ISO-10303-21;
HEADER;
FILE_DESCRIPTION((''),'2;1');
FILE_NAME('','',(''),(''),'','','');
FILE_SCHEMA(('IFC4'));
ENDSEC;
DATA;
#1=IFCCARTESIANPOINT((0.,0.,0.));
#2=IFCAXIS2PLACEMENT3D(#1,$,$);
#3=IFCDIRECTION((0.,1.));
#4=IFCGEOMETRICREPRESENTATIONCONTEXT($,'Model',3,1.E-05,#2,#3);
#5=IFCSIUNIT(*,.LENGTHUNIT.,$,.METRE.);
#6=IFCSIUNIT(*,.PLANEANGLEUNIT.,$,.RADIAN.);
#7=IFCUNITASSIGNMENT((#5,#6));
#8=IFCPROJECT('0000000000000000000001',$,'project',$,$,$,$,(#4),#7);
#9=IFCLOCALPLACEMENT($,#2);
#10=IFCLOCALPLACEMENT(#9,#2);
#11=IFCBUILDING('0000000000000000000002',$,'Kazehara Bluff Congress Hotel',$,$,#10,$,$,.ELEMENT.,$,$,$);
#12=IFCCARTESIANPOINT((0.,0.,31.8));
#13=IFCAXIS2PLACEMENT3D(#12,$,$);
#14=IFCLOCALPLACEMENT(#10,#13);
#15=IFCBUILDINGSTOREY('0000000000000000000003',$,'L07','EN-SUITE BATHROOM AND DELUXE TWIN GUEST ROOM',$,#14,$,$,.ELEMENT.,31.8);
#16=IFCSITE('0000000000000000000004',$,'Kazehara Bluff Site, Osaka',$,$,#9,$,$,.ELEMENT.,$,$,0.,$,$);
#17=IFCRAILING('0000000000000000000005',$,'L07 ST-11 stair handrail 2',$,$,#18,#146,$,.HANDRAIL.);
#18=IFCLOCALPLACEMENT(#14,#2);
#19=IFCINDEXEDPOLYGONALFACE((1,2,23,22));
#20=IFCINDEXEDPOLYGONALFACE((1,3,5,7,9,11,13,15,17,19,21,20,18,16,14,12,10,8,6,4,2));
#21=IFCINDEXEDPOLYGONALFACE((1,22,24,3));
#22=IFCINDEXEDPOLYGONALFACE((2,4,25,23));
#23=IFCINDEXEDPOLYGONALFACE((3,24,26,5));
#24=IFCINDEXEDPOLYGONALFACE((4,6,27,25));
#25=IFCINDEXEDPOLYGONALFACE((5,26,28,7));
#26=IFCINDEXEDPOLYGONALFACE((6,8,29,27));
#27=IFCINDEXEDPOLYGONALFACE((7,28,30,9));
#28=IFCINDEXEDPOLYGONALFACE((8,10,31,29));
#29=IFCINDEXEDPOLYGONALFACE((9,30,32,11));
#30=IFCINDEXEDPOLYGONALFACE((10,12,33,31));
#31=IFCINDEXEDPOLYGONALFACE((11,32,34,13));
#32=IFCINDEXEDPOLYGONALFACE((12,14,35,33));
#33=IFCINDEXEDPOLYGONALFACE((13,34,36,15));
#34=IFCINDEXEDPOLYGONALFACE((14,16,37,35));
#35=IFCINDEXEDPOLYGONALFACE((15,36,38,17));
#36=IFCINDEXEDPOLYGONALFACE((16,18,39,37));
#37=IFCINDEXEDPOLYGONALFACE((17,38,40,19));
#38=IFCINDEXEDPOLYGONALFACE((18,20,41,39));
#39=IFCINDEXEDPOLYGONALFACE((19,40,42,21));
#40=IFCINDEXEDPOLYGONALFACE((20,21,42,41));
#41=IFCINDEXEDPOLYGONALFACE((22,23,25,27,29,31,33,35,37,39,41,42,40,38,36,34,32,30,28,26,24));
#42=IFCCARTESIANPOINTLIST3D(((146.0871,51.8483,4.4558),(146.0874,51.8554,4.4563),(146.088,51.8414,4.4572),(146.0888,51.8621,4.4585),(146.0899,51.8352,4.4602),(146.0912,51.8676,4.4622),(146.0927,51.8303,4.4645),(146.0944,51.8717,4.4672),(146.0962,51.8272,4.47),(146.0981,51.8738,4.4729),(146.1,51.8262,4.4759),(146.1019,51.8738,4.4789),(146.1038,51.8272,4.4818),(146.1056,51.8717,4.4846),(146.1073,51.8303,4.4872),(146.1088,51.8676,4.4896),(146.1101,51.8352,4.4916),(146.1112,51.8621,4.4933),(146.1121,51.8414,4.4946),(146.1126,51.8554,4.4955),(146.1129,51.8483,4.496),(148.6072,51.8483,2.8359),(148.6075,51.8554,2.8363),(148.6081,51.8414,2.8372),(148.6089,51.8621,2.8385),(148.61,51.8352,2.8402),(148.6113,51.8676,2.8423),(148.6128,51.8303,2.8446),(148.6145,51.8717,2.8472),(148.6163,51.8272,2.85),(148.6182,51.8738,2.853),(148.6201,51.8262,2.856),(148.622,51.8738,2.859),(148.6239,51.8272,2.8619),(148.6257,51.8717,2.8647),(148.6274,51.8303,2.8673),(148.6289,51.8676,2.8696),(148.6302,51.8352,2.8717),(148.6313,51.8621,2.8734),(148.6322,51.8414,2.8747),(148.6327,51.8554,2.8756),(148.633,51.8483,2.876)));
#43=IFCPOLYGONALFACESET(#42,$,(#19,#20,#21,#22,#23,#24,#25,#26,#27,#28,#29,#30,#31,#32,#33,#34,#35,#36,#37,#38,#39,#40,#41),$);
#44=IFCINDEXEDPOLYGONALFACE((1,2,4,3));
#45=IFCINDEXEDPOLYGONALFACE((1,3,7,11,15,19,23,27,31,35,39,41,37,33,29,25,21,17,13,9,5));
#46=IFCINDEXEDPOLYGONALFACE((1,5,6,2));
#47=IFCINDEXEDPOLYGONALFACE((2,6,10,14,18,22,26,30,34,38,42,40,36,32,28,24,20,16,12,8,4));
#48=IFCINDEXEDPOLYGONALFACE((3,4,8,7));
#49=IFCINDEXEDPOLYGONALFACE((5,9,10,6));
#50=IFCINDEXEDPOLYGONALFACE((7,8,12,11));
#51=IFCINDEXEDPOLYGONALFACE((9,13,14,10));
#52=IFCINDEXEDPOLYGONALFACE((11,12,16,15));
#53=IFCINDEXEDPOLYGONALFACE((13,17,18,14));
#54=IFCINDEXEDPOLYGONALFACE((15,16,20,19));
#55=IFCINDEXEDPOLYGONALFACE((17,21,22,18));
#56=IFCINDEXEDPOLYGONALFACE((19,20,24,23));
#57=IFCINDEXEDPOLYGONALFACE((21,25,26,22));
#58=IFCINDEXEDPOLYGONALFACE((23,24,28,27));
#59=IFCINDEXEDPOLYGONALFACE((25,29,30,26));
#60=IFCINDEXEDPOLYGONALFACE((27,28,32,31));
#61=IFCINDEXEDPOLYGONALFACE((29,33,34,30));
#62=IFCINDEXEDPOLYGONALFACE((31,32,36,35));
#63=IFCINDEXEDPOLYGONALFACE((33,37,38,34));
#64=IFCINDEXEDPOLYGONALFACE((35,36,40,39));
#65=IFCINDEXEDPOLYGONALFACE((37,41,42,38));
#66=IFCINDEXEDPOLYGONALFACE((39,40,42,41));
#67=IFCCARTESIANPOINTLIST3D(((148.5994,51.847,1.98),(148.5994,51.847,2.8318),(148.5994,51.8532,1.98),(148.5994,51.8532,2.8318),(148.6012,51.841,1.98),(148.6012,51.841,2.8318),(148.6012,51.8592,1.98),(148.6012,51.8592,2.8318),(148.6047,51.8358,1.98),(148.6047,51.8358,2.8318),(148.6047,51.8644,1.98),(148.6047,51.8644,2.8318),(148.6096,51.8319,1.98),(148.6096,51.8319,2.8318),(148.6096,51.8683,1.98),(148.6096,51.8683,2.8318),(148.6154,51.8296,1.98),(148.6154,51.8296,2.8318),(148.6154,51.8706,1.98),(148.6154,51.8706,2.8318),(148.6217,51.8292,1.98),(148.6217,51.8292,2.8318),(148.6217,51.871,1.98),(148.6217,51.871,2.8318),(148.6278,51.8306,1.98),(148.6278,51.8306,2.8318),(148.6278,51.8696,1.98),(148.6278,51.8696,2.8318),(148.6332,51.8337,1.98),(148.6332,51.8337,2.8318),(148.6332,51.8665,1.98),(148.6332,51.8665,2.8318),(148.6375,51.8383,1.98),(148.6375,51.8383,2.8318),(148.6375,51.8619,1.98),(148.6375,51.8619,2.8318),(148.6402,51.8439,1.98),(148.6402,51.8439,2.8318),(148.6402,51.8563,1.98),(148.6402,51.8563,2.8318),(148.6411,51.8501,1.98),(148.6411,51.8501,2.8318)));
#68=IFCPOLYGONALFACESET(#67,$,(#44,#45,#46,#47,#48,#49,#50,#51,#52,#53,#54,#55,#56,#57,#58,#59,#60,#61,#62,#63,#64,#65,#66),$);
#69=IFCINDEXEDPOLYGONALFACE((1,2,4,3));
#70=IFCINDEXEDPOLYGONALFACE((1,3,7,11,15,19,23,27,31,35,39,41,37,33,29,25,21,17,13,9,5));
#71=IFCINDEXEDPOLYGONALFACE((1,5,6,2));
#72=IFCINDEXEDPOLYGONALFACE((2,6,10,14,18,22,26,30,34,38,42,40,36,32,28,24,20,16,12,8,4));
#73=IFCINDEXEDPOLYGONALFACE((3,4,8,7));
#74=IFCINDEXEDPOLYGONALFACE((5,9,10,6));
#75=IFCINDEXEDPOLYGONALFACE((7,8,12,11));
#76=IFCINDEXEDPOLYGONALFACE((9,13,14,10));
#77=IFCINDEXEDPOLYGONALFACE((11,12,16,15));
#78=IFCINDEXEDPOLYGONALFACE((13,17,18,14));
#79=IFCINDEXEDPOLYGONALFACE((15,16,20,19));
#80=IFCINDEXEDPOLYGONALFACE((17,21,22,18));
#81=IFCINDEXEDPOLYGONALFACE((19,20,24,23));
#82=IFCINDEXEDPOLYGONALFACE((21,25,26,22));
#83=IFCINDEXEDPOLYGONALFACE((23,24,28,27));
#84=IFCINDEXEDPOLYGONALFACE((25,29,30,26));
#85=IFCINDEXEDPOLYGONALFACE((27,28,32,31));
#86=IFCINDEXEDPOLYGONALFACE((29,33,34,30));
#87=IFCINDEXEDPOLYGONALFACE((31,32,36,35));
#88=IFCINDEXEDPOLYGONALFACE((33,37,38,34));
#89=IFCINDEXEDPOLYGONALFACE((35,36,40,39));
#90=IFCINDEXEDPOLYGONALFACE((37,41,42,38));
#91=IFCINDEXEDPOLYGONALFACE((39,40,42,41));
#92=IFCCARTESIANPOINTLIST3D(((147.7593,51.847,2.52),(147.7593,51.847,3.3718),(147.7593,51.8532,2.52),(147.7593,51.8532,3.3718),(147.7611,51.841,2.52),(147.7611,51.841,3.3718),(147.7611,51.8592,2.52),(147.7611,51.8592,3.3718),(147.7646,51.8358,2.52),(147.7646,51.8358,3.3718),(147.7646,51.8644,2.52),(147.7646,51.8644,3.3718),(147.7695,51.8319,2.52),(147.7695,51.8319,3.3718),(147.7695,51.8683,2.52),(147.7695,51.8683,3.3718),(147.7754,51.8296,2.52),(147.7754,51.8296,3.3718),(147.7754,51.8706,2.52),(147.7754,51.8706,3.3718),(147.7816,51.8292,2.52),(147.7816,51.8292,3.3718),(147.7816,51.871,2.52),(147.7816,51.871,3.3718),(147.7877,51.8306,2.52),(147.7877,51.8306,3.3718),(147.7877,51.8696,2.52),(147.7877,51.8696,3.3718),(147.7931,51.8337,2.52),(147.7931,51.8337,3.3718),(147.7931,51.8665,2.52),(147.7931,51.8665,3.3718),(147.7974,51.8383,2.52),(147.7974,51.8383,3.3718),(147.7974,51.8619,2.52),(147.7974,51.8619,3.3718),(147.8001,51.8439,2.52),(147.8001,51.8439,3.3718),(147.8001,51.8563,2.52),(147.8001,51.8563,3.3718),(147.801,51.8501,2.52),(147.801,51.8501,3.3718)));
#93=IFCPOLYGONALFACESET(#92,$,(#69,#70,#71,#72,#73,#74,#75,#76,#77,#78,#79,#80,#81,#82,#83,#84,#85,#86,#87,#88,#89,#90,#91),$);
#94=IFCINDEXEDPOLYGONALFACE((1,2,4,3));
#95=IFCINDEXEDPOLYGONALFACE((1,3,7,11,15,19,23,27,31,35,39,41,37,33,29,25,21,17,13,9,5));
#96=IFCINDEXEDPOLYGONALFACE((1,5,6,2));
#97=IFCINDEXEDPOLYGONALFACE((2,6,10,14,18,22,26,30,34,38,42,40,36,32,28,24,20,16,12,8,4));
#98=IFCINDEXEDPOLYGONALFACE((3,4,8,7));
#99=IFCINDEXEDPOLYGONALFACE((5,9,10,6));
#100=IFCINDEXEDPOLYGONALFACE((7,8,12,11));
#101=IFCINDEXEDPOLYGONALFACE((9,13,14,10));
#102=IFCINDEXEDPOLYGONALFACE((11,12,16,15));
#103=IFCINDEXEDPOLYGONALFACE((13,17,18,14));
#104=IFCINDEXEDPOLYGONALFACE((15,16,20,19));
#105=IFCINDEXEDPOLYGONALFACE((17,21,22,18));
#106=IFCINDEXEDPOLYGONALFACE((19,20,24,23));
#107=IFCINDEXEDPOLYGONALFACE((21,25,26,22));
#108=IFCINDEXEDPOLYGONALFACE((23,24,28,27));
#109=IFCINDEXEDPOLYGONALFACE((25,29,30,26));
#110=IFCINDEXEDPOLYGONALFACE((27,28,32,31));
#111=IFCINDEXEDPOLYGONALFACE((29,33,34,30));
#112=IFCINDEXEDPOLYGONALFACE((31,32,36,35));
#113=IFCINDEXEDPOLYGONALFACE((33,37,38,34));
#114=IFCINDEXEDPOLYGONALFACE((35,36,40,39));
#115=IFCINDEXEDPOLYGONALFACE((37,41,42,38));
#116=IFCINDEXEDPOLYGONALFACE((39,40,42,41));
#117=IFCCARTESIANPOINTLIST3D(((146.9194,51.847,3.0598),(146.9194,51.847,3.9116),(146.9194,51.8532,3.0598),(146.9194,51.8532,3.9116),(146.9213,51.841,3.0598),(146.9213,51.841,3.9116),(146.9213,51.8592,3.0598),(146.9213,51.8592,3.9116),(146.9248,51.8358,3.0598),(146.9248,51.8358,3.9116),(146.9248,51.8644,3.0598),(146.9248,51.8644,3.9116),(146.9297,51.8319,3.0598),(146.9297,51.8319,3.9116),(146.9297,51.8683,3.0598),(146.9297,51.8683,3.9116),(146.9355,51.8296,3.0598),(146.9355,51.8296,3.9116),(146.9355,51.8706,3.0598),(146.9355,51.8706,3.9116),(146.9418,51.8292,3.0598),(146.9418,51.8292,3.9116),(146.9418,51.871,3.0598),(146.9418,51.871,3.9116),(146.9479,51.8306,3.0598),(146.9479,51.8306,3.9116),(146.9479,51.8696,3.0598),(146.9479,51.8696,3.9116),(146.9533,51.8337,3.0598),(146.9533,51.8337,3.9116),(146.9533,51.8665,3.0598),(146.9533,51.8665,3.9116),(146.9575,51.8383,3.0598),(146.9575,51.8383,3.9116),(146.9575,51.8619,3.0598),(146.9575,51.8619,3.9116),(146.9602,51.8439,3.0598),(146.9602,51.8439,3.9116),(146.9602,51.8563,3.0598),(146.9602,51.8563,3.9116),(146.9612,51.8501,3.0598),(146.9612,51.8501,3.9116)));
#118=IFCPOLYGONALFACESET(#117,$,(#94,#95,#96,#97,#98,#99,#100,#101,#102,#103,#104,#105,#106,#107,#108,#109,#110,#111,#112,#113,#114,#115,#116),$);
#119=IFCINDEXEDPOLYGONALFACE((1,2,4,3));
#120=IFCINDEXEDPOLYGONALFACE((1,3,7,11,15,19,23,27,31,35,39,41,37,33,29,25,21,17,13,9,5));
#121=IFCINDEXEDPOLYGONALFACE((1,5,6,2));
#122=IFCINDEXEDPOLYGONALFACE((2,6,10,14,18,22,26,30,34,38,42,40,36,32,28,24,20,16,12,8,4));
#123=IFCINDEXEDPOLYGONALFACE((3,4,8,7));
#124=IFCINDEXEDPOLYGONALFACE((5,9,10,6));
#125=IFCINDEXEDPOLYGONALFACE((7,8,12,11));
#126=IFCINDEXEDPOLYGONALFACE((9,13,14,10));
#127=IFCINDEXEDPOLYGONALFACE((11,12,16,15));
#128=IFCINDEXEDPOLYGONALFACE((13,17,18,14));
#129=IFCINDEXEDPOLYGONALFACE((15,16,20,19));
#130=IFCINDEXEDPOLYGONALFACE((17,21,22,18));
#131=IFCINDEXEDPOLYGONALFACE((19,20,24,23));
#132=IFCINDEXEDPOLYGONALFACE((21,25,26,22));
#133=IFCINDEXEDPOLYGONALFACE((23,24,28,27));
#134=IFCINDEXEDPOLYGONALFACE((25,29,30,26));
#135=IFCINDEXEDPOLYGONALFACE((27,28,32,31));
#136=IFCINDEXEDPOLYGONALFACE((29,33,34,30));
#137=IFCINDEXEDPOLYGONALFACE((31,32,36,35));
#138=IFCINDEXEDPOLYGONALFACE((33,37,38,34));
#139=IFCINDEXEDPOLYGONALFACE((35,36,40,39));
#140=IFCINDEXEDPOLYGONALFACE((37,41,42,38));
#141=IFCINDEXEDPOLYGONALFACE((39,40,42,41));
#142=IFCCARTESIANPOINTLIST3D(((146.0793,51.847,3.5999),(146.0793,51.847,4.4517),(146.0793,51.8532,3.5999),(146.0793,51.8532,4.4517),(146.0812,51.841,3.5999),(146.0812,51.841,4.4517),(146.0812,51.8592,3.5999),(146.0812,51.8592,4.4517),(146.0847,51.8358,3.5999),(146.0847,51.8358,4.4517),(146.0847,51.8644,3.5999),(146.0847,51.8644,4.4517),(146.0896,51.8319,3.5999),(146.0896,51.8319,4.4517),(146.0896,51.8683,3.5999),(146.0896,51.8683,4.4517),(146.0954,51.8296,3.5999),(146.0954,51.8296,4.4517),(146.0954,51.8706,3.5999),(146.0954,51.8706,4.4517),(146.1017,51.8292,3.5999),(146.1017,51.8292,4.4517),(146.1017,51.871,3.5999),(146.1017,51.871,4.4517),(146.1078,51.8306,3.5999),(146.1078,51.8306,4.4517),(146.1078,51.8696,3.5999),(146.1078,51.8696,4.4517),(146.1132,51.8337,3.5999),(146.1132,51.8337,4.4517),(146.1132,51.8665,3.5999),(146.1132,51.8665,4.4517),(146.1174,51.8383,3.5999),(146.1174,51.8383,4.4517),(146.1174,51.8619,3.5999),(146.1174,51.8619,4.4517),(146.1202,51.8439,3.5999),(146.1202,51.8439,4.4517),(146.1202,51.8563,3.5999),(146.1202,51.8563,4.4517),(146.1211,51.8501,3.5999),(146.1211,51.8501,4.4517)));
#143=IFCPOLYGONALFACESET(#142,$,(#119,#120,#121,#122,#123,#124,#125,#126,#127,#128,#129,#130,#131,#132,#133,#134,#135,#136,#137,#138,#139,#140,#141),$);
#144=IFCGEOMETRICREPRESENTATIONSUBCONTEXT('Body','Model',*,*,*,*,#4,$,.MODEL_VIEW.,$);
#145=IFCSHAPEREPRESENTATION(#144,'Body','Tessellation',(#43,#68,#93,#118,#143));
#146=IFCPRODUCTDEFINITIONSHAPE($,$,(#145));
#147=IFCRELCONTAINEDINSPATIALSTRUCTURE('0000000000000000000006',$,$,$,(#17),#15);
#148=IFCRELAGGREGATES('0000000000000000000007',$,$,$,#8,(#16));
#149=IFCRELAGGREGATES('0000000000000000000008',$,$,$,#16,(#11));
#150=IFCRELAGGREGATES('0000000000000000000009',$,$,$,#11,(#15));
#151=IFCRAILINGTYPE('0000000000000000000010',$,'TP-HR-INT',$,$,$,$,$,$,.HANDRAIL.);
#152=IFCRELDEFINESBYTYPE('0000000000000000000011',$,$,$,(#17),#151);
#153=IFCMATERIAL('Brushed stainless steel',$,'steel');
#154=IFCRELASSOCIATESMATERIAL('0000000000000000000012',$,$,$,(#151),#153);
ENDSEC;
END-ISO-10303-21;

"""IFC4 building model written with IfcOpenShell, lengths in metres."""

from ifc_helpers import new_model, si_unit, direction, frame, origin, origin_2d, place, context, subcontext, project, spatial, circle, extrude, material, type_object, element, save


model = new_model("IFC4")

# Units and contexts
model_context = context("Model", 3, precision=1e-05, world=origin(), true_north=direction((0.0, 1.0)))
body_context = subcontext(model_context, "Body", "Model", "MODEL_VIEW")
ifc_project = project(units=[si_unit("LENGTHUNIT", "METRE"), si_unit("PLANEANGLEUNIT", "RADIAN")], contexts=[model_context])

# Site, building, storey
site_placement = place(None, origin())
site = spatial("IfcSite", under=ifc_project, at=site_placement, Name="Kazehara Bluff Site, Osaka", CompositionType="ELEMENT", RefElevation=0.0)
building_placement = place(site_placement, origin())
building = spatial("IfcBuilding", under=site, at=building_placement, Name="Kazehara Bluff Congress Hotel", CompositionType="ELEMENT")
storey_placement = place(building_placement, frame((0.0, 0.0, 31.8)))
storey = spatial("IfcBuildingStorey", under=building, at=storey_placement, Name="L07", Description="EN-SUITE BATHROOM AND DELUXE TWIN GUEST ROOM", CompositionType="ELEMENT", Elevation=31.8)

# Railing
ifc_material_1 = material(Name="Brushed stainless steel", Category="steel")
railing_type = type_object("IfcRailingType", Name="TP-HR-INT", PredefinedType="HANDRAIL", material=ifc_material_1)
railing_placement = place(storey_placement, frame((148.6201, 51.8501, 1.98)))
element("IfcRailing", 1, at=railing_placement, inside=storey, type_object=railing_type, Name="L07 ST-11 stair handrail 2", PredefinedType="HANDRAIL", context=body_context, shape_type="SweptSolid", body=[
    extrude(circle(Radius=0.0239, at=origin_2d()), frame((0.0, 0.0, 0.876), z_axis=(-0.8412, 0.0, 0.540725), x_axis=(0.0, -1.0, 0.0)), (0.0, 0.0, 1.0), 2.9958),
    extrude(circle(Radius=0.021, at=origin_2d()), origin(), (0.0, 0.0, 1.0), 0.8518),
    extrude(circle(Radius=0.021, at=origin_2d()), frame((-0.8401, 0.0, 0.54)), (0.0, 0.0, 1.0), 0.8518),
    extrude(circle(Radius=0.021, at=origin_2d()), frame((-1.6799, 0.0, 1.0798)), (0.0, 0.0, 1.0), 0.8518),
    extrude(circle(Radius=0.021, at=origin_2d()), frame((-2.52, 0.0, 1.6199)), (0.0, 0.0, 1.0), 0.8518),
])

save(model, "model.ifc")
